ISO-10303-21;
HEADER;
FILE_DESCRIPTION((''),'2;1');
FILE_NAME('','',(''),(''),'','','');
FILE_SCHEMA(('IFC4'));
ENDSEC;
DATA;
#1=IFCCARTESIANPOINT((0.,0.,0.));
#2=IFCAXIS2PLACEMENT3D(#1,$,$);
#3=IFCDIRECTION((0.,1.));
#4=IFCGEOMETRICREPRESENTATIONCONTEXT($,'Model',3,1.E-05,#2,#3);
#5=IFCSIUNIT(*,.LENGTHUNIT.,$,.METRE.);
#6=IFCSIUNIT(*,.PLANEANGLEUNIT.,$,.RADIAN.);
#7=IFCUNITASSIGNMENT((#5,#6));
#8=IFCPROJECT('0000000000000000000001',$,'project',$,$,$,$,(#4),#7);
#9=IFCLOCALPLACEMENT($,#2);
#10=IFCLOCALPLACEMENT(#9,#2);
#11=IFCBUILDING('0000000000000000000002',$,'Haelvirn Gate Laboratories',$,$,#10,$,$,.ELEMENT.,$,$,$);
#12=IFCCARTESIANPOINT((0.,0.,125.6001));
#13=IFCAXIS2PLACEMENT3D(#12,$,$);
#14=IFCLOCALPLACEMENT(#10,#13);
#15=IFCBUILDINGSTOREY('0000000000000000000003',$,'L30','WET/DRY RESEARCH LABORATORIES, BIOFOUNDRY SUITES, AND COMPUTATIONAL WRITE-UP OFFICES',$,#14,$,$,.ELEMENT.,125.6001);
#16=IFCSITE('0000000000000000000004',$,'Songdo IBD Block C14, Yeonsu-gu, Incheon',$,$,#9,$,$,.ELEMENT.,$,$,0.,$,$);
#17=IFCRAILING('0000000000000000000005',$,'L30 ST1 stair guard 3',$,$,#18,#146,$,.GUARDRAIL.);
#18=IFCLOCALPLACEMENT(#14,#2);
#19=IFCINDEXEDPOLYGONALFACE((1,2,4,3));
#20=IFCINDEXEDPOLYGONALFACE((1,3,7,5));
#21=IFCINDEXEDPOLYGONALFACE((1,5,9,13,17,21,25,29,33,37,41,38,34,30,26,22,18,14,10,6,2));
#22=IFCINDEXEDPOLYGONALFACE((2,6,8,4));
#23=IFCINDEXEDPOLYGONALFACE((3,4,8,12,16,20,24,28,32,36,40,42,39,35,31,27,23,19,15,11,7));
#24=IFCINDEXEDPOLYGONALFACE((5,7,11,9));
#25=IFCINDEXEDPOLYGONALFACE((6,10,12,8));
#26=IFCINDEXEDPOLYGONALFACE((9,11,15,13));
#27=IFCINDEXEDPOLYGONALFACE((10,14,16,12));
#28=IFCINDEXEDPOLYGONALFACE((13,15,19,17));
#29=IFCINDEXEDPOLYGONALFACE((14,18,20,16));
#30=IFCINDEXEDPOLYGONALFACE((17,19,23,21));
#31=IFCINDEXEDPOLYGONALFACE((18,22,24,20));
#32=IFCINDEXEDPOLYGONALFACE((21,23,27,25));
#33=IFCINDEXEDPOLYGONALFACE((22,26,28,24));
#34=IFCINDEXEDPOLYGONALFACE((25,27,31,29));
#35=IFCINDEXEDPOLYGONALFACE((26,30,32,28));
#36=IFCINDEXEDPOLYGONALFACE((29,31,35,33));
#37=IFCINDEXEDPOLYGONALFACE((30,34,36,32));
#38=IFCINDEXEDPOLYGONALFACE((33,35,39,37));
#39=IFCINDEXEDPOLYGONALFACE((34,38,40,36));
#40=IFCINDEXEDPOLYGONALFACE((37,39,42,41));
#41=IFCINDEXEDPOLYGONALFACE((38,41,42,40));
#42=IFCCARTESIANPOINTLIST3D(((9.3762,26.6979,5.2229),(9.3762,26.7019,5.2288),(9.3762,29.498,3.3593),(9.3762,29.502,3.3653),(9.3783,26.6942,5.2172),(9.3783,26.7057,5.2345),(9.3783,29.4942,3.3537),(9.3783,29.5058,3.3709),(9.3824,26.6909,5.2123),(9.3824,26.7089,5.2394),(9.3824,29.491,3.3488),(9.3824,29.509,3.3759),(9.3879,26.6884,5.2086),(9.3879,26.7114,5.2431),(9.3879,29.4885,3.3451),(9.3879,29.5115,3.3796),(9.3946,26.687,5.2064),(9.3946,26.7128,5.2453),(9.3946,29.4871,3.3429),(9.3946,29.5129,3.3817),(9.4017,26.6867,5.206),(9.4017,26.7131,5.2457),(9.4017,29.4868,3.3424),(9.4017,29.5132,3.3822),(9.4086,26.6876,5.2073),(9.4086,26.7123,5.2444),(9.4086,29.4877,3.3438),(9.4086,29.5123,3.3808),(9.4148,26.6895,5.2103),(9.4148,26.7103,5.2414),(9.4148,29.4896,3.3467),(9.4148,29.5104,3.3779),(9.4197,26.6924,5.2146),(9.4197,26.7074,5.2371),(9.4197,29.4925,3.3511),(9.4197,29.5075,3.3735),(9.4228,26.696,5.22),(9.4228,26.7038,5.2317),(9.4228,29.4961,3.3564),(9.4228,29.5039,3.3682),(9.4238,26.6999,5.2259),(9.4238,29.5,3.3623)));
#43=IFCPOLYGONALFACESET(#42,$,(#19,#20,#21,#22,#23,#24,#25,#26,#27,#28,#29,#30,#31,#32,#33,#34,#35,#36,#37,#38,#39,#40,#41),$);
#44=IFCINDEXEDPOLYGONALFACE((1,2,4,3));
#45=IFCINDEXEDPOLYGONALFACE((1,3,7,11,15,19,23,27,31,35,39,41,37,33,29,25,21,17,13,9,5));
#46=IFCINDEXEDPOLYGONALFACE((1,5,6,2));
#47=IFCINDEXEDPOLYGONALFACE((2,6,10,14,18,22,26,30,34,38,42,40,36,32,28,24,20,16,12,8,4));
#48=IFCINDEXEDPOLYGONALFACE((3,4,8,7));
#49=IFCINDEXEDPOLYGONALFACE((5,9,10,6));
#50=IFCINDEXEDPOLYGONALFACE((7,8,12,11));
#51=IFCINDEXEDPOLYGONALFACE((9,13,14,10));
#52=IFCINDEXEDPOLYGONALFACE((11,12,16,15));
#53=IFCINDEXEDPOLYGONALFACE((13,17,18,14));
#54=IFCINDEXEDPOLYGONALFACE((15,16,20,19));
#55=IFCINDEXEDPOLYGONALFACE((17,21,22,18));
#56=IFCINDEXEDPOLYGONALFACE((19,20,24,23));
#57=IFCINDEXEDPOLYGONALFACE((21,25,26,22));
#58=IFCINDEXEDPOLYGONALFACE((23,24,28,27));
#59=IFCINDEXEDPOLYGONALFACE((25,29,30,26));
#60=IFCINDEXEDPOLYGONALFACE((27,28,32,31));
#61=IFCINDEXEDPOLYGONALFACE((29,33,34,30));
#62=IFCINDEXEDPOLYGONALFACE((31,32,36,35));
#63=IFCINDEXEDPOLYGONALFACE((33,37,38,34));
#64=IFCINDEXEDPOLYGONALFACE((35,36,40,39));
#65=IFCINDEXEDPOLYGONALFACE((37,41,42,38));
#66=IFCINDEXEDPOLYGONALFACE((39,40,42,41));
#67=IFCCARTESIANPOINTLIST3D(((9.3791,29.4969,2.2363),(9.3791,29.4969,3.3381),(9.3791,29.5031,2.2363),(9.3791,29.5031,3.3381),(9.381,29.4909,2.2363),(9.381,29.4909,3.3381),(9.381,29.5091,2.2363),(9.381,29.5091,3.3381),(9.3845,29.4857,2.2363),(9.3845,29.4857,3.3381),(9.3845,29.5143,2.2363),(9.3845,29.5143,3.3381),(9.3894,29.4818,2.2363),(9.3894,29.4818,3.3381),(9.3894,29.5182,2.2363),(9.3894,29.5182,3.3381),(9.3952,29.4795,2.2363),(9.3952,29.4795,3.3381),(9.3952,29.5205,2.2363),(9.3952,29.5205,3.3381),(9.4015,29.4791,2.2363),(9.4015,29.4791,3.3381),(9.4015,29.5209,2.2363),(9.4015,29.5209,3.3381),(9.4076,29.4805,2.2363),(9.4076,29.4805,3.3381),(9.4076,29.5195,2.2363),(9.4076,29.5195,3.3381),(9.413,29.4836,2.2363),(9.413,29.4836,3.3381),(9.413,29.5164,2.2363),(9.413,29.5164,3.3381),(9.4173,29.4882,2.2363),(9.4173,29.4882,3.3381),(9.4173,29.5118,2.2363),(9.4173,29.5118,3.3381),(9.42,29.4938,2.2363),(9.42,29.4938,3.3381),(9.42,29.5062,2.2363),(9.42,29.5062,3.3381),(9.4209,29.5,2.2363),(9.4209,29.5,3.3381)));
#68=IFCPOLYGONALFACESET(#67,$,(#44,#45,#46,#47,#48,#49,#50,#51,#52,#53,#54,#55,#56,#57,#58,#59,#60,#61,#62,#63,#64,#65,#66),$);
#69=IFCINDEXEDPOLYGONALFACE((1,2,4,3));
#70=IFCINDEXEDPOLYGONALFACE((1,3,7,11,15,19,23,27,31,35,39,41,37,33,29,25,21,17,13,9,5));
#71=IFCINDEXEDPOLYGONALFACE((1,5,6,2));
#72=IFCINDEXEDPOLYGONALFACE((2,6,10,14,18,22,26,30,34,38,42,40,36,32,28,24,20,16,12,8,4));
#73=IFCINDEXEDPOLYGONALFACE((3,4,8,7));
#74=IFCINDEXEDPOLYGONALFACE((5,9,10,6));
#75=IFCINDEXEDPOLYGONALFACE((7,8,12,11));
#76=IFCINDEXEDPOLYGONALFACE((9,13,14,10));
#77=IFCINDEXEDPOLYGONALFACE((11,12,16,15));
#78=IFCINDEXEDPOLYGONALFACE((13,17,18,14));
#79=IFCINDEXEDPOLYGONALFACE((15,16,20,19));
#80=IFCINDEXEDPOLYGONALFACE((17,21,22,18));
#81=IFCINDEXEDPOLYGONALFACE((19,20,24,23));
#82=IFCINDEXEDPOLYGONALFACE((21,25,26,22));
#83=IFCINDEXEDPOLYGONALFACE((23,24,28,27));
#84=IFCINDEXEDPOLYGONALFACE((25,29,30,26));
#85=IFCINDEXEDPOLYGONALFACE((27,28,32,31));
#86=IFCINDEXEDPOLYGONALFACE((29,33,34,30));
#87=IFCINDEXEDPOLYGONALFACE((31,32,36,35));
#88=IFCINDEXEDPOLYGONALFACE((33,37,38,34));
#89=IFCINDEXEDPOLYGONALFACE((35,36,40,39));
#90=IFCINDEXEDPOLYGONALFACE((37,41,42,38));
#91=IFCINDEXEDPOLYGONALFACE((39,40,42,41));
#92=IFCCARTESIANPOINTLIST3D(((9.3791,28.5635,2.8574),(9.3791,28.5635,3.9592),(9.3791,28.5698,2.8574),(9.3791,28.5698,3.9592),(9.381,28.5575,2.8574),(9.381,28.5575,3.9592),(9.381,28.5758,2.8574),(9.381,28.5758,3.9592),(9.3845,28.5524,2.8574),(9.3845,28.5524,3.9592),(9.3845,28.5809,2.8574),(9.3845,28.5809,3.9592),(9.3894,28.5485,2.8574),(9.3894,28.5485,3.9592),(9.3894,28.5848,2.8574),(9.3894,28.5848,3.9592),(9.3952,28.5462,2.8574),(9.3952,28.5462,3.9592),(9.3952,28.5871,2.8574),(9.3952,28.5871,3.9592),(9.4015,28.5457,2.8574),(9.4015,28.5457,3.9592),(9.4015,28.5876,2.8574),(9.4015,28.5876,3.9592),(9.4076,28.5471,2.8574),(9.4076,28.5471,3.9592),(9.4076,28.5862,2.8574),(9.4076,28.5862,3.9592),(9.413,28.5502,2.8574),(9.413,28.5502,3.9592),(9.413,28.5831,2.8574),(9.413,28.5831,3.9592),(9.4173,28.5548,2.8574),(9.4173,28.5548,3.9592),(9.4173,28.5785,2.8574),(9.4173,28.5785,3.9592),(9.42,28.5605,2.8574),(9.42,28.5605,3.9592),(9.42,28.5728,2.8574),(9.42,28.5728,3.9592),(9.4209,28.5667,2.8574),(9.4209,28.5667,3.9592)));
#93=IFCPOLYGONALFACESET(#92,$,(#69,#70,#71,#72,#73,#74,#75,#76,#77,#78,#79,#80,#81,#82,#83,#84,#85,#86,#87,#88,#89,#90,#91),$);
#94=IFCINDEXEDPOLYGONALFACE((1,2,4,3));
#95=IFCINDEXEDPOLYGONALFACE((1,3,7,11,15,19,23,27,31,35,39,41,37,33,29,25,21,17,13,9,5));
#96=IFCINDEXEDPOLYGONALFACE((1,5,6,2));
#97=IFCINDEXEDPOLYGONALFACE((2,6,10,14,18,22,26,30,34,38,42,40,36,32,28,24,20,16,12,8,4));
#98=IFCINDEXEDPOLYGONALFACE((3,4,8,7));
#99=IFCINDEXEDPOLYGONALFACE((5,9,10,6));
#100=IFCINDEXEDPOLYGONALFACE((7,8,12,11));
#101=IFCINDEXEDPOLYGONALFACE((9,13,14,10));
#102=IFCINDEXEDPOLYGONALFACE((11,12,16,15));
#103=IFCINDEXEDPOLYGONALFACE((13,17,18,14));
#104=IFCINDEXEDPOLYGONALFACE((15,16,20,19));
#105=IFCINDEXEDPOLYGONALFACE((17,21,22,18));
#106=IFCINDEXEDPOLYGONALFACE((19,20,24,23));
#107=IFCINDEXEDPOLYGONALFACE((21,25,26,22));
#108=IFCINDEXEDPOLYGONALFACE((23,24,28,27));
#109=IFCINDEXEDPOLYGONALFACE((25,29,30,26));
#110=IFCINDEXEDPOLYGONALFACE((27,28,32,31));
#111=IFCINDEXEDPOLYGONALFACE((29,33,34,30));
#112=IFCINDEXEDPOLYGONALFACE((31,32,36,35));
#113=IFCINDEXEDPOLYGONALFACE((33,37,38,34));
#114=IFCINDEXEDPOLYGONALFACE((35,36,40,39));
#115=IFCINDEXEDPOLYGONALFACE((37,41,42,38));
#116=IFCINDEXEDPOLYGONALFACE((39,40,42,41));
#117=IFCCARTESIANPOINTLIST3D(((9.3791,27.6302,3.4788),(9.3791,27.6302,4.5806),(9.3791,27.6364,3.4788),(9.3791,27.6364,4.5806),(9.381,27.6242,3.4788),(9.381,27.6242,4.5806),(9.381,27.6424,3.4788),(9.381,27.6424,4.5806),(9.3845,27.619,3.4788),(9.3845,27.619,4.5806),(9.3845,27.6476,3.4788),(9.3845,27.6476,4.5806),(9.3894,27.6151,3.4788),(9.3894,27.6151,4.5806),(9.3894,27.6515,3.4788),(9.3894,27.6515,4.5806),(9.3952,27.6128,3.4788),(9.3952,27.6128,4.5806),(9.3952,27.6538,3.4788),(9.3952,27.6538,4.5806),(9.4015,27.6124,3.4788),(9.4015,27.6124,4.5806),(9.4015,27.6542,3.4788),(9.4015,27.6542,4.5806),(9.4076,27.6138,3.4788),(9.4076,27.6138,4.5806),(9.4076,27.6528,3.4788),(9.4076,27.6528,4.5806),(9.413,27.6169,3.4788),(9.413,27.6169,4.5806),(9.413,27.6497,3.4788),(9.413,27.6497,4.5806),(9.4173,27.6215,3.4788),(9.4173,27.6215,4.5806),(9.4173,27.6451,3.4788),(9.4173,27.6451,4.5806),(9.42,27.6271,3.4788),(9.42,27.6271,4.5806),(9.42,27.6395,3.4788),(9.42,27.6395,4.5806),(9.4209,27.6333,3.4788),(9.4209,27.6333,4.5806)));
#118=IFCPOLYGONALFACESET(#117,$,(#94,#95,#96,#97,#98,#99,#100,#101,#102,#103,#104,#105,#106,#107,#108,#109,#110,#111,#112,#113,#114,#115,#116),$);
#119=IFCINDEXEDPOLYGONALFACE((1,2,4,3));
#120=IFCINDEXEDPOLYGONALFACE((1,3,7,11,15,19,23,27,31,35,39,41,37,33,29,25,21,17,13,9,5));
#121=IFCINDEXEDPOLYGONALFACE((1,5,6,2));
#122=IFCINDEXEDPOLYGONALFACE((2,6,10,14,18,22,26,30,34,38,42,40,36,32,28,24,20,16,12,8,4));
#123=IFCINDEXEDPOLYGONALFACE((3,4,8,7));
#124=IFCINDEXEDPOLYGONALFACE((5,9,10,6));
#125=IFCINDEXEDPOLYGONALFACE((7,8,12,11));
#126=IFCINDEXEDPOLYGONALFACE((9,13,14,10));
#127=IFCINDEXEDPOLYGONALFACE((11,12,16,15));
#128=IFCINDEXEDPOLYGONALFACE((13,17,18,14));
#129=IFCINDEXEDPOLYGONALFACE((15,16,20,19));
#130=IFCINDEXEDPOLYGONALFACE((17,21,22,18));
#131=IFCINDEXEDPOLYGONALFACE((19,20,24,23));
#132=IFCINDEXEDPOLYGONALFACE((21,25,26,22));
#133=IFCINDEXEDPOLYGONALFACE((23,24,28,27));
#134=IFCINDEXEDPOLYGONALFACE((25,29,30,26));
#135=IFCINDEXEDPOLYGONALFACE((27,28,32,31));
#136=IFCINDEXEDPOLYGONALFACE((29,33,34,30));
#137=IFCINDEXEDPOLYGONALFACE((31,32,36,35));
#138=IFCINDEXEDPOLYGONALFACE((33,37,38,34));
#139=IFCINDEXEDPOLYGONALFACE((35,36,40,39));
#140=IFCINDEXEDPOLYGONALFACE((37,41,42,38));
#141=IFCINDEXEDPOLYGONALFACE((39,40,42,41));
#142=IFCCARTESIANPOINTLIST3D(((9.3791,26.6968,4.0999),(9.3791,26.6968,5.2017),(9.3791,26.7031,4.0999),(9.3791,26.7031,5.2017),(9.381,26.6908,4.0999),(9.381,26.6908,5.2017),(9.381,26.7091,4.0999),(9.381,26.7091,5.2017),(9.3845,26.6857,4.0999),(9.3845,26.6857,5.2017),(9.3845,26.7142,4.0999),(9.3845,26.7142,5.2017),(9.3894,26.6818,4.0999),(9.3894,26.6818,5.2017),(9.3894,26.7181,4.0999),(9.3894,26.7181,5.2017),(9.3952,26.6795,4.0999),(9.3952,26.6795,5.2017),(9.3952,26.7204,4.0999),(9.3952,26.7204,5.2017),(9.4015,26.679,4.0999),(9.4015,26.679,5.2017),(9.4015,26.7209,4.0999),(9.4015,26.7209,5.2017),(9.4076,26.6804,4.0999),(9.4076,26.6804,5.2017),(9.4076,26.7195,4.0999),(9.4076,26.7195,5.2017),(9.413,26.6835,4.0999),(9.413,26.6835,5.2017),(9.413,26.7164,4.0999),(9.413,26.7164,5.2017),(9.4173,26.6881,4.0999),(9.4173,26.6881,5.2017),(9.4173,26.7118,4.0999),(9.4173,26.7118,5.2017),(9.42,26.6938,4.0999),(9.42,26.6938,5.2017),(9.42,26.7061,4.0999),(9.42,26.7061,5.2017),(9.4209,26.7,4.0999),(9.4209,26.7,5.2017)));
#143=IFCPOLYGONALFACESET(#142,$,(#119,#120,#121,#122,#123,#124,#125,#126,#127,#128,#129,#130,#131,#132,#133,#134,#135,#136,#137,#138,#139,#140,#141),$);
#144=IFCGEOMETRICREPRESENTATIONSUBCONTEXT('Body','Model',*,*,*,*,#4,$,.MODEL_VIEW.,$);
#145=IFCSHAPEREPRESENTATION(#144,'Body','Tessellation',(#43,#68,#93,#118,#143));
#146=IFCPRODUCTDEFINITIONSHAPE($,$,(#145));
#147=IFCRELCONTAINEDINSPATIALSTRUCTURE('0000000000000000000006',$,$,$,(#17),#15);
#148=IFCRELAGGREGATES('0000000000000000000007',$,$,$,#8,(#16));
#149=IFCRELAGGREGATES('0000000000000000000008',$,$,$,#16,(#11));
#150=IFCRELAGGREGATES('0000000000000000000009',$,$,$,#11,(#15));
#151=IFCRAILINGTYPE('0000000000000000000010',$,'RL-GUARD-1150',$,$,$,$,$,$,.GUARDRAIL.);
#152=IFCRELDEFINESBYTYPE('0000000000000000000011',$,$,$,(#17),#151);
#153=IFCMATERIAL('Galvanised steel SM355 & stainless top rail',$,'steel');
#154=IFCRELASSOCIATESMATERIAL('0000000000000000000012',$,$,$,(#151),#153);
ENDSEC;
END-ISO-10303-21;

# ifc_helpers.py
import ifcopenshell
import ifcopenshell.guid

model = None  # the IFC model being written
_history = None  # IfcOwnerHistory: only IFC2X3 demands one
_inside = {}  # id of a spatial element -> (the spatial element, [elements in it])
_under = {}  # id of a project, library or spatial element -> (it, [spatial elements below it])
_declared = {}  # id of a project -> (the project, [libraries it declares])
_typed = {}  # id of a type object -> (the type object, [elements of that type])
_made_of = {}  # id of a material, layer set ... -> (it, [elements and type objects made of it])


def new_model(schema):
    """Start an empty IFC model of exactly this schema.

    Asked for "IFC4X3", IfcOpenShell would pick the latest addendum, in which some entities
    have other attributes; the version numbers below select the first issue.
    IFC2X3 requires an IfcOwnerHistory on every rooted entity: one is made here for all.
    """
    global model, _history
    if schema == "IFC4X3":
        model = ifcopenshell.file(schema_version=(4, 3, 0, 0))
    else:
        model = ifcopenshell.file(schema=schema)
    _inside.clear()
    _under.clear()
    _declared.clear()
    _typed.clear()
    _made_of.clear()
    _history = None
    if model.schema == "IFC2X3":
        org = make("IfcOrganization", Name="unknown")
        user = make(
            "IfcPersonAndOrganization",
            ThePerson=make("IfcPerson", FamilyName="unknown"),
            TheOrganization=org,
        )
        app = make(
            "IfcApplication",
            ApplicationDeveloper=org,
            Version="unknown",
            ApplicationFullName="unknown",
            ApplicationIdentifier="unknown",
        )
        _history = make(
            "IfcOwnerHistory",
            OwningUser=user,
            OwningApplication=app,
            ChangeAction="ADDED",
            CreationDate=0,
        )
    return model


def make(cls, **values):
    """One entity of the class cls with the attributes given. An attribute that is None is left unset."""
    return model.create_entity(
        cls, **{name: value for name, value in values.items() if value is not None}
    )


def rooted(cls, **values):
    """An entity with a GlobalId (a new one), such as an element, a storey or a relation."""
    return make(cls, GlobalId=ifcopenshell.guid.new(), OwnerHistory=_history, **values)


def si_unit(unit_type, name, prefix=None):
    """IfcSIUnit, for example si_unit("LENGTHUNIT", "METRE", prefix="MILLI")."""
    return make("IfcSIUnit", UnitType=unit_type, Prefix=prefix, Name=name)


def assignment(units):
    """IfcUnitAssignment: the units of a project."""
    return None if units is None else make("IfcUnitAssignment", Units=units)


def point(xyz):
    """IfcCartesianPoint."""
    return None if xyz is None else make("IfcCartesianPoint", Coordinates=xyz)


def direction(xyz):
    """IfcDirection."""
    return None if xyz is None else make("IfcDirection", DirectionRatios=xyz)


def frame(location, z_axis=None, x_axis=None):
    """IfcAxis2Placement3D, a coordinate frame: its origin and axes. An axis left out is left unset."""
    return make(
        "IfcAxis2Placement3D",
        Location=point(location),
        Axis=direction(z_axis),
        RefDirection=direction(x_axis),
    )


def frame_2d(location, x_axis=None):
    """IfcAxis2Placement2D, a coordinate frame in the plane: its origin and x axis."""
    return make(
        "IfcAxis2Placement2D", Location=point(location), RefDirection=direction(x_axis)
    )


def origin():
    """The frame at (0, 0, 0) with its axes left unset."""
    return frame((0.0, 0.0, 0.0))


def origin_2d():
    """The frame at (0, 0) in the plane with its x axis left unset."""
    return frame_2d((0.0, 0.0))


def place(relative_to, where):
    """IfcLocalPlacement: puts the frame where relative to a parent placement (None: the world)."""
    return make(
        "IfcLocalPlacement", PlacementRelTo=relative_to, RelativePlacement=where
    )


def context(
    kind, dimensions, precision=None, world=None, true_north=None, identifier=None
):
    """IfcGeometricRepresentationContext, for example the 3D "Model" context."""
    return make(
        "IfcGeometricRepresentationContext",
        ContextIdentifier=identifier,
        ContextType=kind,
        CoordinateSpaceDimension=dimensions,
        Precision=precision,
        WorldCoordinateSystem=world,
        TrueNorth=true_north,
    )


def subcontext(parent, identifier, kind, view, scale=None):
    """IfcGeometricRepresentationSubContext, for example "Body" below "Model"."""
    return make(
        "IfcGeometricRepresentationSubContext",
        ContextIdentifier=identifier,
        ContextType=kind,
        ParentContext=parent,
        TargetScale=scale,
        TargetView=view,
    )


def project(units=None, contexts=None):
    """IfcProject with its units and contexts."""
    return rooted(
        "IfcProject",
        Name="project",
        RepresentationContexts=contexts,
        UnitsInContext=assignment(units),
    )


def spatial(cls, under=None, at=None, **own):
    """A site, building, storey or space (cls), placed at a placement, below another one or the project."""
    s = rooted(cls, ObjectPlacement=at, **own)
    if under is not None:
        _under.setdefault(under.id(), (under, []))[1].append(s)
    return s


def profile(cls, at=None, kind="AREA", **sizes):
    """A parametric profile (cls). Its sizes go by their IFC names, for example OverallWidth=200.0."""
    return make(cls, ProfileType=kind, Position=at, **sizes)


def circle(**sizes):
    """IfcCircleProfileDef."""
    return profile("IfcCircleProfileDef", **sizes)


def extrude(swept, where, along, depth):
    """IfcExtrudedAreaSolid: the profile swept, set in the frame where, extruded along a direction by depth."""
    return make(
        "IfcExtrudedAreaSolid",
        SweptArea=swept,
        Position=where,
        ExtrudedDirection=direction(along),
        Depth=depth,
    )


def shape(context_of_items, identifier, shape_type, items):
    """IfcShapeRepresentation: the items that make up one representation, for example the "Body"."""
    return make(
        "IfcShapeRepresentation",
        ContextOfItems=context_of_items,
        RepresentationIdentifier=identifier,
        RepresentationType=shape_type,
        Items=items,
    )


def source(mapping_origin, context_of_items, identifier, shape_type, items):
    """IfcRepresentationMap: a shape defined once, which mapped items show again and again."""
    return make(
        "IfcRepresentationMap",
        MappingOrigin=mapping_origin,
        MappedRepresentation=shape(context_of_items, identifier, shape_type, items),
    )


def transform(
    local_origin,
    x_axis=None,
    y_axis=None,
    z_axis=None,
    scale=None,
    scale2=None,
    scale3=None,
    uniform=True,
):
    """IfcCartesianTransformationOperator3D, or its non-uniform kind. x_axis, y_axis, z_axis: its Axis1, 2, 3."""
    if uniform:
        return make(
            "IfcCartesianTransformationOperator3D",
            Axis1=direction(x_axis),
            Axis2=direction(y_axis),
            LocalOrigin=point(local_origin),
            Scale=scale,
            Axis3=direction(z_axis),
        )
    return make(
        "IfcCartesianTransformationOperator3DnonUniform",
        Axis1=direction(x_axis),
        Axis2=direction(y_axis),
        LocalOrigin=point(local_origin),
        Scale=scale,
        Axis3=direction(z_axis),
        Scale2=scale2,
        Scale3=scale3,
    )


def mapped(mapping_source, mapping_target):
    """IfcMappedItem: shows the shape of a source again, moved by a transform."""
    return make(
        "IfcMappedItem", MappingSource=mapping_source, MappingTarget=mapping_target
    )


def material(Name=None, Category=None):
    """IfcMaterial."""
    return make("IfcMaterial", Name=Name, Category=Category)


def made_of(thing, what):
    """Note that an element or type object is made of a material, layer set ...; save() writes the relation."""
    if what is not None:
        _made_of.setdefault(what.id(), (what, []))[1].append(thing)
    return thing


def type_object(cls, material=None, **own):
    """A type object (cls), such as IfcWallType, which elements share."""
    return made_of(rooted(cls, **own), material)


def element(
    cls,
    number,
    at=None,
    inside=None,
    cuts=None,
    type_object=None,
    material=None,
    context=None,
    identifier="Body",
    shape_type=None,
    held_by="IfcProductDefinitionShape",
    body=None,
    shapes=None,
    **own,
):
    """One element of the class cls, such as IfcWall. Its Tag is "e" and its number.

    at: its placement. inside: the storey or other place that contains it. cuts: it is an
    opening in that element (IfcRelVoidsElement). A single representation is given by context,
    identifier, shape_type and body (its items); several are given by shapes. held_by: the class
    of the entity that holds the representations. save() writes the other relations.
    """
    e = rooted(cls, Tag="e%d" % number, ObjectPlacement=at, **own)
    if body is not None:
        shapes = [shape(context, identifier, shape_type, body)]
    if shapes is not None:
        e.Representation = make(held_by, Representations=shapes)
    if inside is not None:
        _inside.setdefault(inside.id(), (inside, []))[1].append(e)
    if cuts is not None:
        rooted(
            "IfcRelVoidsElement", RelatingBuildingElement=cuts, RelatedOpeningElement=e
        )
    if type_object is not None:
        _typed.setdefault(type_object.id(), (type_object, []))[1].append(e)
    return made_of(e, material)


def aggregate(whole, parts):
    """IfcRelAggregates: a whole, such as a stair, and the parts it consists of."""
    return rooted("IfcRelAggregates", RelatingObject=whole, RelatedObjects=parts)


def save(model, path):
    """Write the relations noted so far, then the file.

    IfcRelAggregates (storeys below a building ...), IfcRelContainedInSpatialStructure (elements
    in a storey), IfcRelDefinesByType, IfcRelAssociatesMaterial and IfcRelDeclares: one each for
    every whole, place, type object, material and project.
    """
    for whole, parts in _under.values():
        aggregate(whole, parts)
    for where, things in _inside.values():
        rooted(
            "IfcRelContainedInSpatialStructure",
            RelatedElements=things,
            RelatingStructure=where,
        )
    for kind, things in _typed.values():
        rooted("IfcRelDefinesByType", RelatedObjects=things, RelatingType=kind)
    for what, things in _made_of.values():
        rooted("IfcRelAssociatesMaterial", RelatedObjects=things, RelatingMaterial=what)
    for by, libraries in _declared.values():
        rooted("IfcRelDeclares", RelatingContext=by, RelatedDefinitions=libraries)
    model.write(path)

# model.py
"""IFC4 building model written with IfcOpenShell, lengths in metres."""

from ifc_helpers import new_model, si_unit, direction, frame, origin, origin_2d, place, context, subcontext, project, spatial, circle, extrude, source, transform, mapped, material, type_object, element, save


model = new_model("IFC4")

# Units and contexts
model_context = context("Model", 3, precision=1e-05, world=origin(), true_north=direction((0.0, 1.0)))
body_context = subcontext(model_context, "Body", "Model", "MODEL_VIEW")
ifc_project = project(units=[si_unit("LENGTHUNIT", "METRE"), si_unit("PLANEANGLEUNIT", "RADIAN")], contexts=[model_context])

# Site, building, storey
site_placement = place(None, origin())
site = spatial("IfcSite", under=ifc_project, at=site_placement, Name="Songdo IBD Block C14, Yeonsu-gu, Incheon", CompositionType="ELEMENT", RefElevation=0.0)
building_placement = place(site_placement, origin())
building = spatial("IfcBuilding", under=site, at=building_placement, Name="Haelvirn Gate Laboratories", CompositionType="ELEMENT")
storey_placement = place(building_placement, frame((0.0, 0.0, 125.6001)))
storey = spatial("IfcBuildingStorey", under=building, at=storey_placement, Name="L30", Description="WET/DRY RESEARCH LABORATORIES, BIOFOUNDRY SUITES, AND COMPUTATIONAL WRITE-UP OFFICES", CompositionType="ELEMENT", Elevation=125.6001)

# Railing
ifc_material_1 = material(Name="Galvanised steel SM355 & stainless top rail", Category="steel")
railing_type_1 = type_object("IfcRailingType", Name="RL-GUARD-1150", PredefinedType="GUARDRAIL", material=ifc_material_1)
shared_shape_1 = source(origin(), body_context, "Body", "SweptSolid", [
    extrude(circle(Radius=0.0239, at=origin_2d()), frame((0.0, 0.0, 1.126), z_axis=(0.0, -0.832486, 0.554047), x_axis=(1.0, 0.0, 0.0)), (0.0, 0.0, 1.0), 3.3635),
    extrude(circle(Radius=0.021, at=origin_2d()), origin(), (0.0, 0.0, 1.0), 1.1018),
    extrude(circle(Radius=0.021, at=origin_2d()), frame((0.0, -0.9333, 0.6211)), (0.0, 0.0, 1.0), 1.1018),
    extrude(circle(Radius=0.021, at=origin_2d()), frame((0.0, -1.8667, 1.2424)), (0.0, 0.0, 1.0), 1.1018),
    extrude(circle(Radius=0.021, at=origin_2d()), frame((0.0, -2.8, 1.8635)), (0.0, 0.0, 1.0), 1.1018),
])
railing_1_placement = place(storey_placement, frame((9.3999, 29.5, 2.2363)))
element("IfcRailing", 1, at=railing_1_placement, inside=storey, type_object=railing_type_1, Name="L30 ST1 stair guard 3", PredefinedType="GUARDRAIL", context=body_context, shape_type="MappedRepresentation", body=[
    mapped(shared_shape_1, transform((0.0, 0.0, 0.0), scale=1.0)),
])

save(model, "model.ifc")
